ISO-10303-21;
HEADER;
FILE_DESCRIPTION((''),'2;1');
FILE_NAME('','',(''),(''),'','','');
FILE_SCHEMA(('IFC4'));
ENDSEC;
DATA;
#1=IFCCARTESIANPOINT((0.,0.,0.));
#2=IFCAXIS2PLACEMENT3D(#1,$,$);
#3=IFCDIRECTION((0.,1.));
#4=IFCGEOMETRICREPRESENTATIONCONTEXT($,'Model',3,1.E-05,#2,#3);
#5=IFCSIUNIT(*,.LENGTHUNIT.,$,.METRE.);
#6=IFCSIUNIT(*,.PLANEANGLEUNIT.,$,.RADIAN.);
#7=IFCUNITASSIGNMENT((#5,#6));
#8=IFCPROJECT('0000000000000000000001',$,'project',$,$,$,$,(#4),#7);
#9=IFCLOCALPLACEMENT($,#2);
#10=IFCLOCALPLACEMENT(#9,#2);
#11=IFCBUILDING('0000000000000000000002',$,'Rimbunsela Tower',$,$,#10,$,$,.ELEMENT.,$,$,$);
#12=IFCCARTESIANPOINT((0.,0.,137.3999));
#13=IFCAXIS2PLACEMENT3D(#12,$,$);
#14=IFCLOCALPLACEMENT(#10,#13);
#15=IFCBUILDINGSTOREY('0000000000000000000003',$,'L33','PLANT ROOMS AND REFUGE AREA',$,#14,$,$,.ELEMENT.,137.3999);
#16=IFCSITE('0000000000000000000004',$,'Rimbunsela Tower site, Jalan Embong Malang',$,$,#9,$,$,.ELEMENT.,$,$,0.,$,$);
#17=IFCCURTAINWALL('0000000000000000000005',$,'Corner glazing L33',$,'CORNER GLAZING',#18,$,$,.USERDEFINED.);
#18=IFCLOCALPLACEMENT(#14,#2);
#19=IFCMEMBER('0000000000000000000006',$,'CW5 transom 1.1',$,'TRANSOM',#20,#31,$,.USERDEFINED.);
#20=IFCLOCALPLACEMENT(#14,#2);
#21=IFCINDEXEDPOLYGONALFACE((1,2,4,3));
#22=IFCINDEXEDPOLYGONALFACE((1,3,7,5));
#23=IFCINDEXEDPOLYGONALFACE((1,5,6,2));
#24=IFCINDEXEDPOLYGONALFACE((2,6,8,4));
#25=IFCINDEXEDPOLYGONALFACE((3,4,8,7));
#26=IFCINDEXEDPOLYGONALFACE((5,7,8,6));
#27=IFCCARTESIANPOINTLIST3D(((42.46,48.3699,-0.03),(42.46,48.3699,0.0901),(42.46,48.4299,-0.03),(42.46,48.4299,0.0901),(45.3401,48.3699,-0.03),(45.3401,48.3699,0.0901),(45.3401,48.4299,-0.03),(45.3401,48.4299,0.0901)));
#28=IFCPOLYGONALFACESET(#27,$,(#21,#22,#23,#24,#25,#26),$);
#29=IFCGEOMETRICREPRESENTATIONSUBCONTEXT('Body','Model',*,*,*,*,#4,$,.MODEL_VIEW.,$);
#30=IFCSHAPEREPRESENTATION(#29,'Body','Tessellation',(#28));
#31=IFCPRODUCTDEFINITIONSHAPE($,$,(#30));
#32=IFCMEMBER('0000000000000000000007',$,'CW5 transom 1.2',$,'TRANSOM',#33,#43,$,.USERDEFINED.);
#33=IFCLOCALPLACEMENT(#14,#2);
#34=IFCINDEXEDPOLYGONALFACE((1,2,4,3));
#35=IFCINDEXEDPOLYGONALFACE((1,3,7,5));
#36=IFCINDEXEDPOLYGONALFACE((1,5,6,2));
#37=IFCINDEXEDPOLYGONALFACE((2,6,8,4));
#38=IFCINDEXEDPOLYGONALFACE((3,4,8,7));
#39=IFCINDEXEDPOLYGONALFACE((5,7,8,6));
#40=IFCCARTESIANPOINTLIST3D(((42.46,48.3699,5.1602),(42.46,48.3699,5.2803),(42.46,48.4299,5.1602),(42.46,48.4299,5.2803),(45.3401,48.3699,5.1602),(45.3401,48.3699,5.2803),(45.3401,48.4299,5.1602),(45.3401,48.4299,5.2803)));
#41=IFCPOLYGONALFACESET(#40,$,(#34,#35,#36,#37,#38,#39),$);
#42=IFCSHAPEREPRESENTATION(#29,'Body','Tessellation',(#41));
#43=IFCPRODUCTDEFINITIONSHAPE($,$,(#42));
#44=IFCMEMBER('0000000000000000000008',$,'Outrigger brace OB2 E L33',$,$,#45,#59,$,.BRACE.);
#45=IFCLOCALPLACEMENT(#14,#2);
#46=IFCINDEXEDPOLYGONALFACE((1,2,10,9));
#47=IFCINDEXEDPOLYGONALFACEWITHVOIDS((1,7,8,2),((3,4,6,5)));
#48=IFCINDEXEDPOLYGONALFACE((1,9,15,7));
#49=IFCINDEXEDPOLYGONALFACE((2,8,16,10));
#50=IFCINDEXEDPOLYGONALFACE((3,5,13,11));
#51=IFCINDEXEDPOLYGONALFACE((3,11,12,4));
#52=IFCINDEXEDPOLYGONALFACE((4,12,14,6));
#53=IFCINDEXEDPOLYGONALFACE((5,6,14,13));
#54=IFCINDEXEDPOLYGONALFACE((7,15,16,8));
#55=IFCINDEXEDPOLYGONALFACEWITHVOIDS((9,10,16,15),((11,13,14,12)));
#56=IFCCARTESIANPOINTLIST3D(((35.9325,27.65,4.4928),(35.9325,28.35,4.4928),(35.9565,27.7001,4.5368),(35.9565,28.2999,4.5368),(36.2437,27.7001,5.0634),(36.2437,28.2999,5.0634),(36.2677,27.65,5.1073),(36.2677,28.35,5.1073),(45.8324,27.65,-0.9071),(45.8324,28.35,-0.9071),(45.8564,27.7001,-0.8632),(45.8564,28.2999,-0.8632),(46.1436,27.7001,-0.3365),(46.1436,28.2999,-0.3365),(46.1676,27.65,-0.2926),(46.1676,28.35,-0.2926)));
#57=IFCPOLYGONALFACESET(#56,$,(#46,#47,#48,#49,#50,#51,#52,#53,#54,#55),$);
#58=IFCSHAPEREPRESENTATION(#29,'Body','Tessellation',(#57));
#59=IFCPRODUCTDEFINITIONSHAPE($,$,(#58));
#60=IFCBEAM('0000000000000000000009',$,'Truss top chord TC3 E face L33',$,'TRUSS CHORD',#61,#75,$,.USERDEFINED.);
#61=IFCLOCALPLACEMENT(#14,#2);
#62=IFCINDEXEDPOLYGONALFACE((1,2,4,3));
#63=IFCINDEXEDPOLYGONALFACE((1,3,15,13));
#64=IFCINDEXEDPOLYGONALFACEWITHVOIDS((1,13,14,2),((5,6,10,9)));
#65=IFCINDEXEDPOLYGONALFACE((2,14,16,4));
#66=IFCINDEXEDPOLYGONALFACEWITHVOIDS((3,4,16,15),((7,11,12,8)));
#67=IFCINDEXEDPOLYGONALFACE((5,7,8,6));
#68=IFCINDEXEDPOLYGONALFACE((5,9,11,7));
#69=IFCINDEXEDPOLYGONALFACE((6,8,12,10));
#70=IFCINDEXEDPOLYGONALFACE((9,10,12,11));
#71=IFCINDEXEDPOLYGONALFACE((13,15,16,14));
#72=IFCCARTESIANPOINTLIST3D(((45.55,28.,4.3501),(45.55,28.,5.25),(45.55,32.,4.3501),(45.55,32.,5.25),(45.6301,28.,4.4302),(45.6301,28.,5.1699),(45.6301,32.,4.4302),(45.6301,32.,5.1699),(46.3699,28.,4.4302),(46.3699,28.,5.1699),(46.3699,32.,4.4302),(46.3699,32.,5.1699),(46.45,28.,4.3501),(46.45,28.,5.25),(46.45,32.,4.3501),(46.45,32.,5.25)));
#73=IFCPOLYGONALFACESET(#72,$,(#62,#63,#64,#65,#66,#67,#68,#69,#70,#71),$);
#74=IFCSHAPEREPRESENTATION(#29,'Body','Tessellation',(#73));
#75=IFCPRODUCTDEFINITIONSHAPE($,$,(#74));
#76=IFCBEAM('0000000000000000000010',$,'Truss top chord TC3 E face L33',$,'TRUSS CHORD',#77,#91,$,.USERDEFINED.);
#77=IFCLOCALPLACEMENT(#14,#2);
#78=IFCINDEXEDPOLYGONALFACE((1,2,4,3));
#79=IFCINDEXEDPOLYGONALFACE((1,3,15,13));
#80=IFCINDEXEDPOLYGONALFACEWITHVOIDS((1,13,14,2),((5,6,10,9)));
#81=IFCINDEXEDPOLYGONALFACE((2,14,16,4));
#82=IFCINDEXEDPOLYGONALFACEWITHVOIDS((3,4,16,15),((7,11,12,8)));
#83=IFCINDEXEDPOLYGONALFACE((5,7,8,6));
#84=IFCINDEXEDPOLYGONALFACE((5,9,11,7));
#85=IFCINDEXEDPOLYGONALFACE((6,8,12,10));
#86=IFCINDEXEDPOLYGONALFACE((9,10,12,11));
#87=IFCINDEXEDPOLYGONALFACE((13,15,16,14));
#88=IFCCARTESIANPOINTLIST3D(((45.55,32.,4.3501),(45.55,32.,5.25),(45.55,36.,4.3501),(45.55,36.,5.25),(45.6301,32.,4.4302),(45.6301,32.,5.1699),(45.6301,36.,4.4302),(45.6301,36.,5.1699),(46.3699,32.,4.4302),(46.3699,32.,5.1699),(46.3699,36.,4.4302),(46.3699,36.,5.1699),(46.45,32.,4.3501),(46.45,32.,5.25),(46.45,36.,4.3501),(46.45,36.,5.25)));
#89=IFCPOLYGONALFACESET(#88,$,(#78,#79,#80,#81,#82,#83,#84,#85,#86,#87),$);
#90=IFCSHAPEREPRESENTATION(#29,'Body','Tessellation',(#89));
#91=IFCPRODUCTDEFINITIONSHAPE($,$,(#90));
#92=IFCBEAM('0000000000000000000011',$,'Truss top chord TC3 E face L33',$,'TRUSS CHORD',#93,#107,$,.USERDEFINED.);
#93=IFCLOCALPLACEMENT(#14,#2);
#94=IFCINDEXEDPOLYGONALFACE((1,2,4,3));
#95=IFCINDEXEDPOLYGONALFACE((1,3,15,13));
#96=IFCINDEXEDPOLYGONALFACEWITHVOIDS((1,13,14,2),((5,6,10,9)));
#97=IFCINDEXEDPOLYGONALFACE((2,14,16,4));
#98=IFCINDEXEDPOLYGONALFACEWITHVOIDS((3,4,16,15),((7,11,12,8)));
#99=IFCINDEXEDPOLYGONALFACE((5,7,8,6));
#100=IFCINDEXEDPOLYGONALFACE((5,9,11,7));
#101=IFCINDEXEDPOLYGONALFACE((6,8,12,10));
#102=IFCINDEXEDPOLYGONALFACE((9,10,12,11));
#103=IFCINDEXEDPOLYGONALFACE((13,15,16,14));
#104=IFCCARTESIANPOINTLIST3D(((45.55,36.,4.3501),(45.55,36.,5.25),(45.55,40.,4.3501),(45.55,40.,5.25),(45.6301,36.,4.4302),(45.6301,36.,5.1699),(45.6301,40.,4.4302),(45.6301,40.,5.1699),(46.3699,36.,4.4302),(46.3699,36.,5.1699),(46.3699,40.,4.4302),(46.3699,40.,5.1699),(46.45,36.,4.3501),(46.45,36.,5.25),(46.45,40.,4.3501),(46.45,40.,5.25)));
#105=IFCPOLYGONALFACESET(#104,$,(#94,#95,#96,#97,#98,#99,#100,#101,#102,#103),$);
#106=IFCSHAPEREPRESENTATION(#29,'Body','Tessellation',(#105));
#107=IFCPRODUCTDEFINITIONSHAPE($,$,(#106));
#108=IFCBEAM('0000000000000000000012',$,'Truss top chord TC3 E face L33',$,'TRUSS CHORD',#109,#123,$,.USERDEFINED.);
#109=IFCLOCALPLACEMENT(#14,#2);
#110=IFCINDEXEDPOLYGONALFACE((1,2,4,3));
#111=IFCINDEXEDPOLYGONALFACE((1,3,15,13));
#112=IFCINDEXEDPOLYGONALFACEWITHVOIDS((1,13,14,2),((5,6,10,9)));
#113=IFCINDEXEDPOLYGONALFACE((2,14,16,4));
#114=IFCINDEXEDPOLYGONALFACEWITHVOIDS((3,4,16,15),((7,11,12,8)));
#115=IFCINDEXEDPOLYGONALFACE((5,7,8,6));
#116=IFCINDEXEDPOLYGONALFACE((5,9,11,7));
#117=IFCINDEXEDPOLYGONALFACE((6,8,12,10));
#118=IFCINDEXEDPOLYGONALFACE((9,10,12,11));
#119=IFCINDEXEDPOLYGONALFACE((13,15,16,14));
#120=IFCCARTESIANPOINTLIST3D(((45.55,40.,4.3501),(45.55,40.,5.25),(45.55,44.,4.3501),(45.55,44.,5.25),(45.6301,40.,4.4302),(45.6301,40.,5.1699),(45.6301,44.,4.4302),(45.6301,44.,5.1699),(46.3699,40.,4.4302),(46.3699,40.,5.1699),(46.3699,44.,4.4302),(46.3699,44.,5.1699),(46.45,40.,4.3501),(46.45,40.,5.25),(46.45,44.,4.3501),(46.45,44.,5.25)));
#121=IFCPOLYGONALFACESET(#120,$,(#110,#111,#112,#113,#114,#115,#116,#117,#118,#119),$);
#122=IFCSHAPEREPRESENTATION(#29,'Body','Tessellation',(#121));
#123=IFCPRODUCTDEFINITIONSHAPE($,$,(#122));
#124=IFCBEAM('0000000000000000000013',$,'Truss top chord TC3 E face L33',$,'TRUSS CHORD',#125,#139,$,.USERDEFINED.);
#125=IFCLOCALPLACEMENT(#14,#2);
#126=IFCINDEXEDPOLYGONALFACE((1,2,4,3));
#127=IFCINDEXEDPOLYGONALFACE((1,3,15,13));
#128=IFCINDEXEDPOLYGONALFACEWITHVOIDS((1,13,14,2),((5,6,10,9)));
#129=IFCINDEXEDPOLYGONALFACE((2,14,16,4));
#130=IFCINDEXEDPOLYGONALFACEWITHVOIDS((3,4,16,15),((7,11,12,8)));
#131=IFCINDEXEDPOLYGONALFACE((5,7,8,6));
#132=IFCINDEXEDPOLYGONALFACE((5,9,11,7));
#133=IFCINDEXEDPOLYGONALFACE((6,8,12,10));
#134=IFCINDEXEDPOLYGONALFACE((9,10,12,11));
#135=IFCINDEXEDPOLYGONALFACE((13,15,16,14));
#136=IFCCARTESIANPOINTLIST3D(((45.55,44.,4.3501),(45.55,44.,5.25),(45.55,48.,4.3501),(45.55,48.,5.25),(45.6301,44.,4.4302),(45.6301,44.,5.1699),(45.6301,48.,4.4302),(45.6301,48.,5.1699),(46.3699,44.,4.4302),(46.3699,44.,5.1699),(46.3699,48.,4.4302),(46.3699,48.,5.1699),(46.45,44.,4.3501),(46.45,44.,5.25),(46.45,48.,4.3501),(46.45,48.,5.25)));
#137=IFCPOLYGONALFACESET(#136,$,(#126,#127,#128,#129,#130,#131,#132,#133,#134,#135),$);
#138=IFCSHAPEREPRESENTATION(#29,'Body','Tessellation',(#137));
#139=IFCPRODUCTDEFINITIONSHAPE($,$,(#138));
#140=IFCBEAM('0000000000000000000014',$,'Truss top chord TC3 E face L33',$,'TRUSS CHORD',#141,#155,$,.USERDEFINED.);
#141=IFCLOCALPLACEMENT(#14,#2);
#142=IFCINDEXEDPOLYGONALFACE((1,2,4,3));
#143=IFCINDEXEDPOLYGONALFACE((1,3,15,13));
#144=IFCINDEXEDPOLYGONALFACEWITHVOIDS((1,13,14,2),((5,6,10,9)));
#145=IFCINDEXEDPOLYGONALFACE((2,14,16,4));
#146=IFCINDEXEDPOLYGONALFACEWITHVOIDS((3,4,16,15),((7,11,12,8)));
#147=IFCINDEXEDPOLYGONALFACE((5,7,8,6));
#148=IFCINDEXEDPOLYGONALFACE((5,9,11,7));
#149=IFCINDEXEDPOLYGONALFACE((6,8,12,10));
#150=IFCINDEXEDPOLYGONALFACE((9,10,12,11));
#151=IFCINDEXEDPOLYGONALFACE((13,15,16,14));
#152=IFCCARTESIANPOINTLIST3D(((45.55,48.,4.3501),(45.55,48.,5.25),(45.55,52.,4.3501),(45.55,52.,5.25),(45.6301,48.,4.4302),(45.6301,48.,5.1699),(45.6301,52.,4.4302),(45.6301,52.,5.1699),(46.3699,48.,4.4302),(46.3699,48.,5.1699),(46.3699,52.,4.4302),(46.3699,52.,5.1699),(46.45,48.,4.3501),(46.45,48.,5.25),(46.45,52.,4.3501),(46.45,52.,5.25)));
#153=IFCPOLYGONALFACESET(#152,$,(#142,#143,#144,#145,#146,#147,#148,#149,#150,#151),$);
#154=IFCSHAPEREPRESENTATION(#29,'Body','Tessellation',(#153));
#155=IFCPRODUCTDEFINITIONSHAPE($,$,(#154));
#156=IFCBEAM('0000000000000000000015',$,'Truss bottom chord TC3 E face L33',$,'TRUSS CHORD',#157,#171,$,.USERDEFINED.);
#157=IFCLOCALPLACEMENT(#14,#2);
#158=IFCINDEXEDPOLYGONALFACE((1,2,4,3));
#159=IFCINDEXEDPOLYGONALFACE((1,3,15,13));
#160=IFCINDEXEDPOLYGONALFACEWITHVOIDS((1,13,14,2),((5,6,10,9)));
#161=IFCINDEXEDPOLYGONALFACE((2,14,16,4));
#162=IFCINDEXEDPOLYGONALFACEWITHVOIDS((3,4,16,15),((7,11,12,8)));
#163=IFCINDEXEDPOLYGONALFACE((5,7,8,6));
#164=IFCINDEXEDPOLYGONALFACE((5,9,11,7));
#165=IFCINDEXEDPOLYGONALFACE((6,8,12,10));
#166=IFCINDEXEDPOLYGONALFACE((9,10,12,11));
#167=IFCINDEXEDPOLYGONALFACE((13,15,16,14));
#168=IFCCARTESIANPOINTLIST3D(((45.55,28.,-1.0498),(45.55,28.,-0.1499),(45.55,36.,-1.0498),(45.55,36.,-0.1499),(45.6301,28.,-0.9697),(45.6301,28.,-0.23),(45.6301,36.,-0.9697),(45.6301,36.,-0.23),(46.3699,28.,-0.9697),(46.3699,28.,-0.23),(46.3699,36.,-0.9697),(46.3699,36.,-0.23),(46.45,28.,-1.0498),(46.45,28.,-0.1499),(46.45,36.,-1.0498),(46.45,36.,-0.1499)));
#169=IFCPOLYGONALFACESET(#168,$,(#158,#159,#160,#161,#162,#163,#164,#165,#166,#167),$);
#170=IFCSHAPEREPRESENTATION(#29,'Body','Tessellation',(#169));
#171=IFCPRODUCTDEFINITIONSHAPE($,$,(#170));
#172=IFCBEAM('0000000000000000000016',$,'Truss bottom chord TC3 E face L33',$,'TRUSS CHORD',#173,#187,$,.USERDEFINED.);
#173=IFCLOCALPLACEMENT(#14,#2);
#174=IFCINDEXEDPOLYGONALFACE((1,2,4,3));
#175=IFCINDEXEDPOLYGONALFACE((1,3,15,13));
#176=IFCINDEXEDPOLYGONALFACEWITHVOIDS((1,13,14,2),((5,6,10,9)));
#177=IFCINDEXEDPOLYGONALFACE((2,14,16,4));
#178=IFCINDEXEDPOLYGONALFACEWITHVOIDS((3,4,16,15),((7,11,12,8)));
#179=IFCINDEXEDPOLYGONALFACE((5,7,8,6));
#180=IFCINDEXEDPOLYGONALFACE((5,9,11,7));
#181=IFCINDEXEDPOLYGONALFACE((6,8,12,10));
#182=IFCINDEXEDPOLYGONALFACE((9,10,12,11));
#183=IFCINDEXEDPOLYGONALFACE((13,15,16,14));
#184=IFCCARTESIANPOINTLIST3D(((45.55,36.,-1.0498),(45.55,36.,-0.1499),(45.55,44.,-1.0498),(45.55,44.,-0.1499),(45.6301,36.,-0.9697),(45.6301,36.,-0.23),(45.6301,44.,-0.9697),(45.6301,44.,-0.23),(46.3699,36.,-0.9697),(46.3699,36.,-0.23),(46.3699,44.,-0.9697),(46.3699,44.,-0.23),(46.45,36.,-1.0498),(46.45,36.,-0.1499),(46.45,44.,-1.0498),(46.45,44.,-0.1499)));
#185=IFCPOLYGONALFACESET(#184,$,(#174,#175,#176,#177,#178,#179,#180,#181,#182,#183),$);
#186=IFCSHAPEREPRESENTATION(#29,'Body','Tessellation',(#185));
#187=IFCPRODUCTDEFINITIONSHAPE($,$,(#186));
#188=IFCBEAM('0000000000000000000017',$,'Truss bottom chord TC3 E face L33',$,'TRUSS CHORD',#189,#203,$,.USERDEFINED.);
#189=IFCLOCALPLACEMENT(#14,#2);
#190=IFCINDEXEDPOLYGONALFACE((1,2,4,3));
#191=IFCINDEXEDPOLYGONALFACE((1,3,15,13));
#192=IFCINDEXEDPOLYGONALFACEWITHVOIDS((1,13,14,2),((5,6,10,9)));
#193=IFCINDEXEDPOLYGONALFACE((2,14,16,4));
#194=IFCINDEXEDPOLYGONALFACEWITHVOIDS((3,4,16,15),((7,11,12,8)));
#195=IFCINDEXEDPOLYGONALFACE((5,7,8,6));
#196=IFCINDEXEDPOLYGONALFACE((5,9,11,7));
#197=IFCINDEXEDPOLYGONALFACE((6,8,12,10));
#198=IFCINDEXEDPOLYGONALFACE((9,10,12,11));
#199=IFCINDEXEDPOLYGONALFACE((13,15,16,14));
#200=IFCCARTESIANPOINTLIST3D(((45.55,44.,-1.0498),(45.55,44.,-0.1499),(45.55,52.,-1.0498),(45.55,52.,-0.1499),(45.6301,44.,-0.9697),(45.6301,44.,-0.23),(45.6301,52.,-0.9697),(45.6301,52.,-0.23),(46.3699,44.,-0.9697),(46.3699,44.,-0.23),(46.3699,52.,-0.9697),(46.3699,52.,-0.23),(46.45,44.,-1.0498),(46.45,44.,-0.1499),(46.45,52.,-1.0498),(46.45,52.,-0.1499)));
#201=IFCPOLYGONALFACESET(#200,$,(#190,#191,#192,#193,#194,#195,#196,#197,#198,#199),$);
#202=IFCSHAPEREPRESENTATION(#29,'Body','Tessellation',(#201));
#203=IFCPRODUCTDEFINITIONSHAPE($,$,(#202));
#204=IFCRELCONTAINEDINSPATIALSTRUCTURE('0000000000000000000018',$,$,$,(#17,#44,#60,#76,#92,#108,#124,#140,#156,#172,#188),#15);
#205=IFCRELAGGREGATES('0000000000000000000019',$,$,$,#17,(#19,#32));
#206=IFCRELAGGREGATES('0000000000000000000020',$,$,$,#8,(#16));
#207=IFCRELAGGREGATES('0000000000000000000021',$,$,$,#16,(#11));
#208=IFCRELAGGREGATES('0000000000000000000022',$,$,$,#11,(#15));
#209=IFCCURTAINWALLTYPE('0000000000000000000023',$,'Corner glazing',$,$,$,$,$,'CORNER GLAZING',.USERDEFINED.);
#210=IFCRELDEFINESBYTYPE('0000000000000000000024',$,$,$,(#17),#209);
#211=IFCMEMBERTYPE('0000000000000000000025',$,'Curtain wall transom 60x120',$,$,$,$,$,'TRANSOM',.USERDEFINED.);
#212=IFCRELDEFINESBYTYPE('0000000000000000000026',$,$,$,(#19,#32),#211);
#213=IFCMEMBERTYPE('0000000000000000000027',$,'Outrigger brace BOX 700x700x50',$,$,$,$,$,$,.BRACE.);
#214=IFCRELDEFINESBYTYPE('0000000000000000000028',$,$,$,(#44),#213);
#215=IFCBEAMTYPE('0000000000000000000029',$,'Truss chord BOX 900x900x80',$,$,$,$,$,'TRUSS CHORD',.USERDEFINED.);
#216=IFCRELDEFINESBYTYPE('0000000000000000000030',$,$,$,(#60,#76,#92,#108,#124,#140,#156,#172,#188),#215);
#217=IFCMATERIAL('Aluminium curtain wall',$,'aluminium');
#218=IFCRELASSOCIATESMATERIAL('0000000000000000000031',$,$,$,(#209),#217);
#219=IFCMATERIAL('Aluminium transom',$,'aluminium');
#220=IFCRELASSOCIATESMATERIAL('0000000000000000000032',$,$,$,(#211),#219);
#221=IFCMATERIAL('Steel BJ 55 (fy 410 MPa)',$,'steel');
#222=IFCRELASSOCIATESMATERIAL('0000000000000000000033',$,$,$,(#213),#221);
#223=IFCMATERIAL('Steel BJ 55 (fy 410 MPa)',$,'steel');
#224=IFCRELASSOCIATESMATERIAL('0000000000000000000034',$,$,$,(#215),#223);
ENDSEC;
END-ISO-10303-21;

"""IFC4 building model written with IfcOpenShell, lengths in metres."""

from ifc_helpers import new_model, si_unit, direction, frame, origin, origin_2d, place, context, subcontext, project, spatial, rectangle, hollow_rectangle, extrude, material, material_profile, profile_set, type_object, element, aggregate, save


model = new_model("IFC4")

# Units and contexts
model_context = context("Model", 3, precision=1e-05, world=origin(), true_north=direction((0.0, 1.0)))
body_context = subcontext(model_context, "Body", "Model", "MODEL_VIEW")
ifc_project = project(units=[si_unit("LENGTHUNIT", "METRE"), si_unit("PLANEANGLEUNIT", "RADIAN")], contexts=[model_context])

# Site, building, storey
site_placement = place(None, origin())
site = spatial("IfcSite", under=ifc_project, at=site_placement, Name="Rimbunsela Tower site, Jalan Embong Malang", CompositionType="ELEMENT", RefElevation=0.0)
building_placement = place(site_placement, origin())
building = spatial("IfcBuilding", under=site, at=building_placement, Name="Rimbunsela Tower", CompositionType="ELEMENT")
storey_placement = place(building_placement, frame((0.0, 0.0, 137.3999)))
storey = spatial("IfcBuildingStorey", under=building, at=storey_placement, Name="L33", Description="PLANT ROOMS AND REFUGE AREA", CompositionType="ELEMENT", Elevation=137.3999)

# Curtain wall
ifc_material_1 = material(Name="Aluminium curtain wall", Category="aluminium")
curtain_wall_type = type_object("IfcCurtainWallType", Name="Corner glazing", ElementType="CORNER GLAZING", PredefinedType="USERDEFINED", material=ifc_material_1)
curtain_wall_1_placement = place(storey_placement, origin())
curtain_wall_1 = element("IfcCurtainWall", 1, at=curtain_wall_1_placement, inside=storey, type_object=curtain_wall_type, Name="Corner glazing L33", ObjectType="CORNER GLAZING", PredefinedType="USERDEFINED")

# Members
ifc_material_2 = material(Name="Aluminium transom", Category="aluminium")
ifc_material_profile_1 = material_profile(ifc_material_2, rectangle(XDim=0.0601, YDim=0.1201, at=origin_2d()), Name="Transom 60x120")
ifc_profile_set_1 = profile_set([ifc_material_profile_1], Name="Aluminium transom")
member_type_1 = type_object("IfcMemberType", Name="Curtain wall transom 60x120", ElementType="TRANSOM", PredefinedType="USERDEFINED", material=ifc_profile_set_1)
member_1_placement = place(storey_placement, frame((45.3401, 48.3999, 0.03), z_axis=(-1.0, 0.0, 0.0), x_axis=(0.0, -1.0, 0.0)))
member_1 = element("IfcMember", 2, at=member_1_placement, type_object=member_type_1, Name="CW5 transom 1.1", ObjectType="TRANSOM", PredefinedType="USERDEFINED", context=body_context, shape_type="SweptSolid", body=[
    extrude(rectangle(XDim=0.0601, YDim=0.1201, at=origin_2d()), origin(), (0.0, 0.0, 1.0), 2.8801),
])
member_2_placement = place(storey_placement, frame((45.3401, 48.3999, 5.2202), z_axis=(-1.0, 0.0, 0.0), x_axis=(0.0, -1.0, 0.0)))
member_2 = element("IfcMember", 3, at=member_2_placement, type_object=member_type_1, Name="CW5 transom 1.2", ObjectType="TRANSOM", PredefinedType="USERDEFINED", context=body_context, shape_type="SweptSolid", body=[
    extrude(rectangle(XDim=0.0601, YDim=0.1201, at=origin_2d()), origin(), (0.0, 0.0, 1.0), 2.8801),
])
ifc_material_3 = material(Name="Steel BJ 55 (fy 410 MPa)", Category="steel")
ifc_material_profile_2 = material_profile(ifc_material_3, hollow_rectangle(XDim=0.7, YDim=0.7, WallThickness=0.05, at=origin_2d()), Name="BOX 700x700x50")
ifc_profile_set_2 = profile_set([ifc_material_profile_2], Name="Steel BJ 55 (fy 410 MPa)")
member_type_2 = type_object("IfcMemberType", Name="Outrigger brace BOX 700x700x50", PredefinedType="BRACE", material=ifc_profile_set_2)
member_3_placement = place(storey_placement, frame((46.0, 28.0, -0.5999), z_axis=(-0.877897, 0.0, 0.478849), x_axis=(0.0, -1.0, 0.0)))
element("IfcMember", 4, at=member_3_placement, inside=storey, type_object=member_type_2, Name="Outrigger brace OB2 E L33", PredefinedType="BRACE", context=body_context, shape_type="SweptSolid", body=[
    extrude(hollow_rectangle(XDim=0.7, YDim=0.7, WallThickness=0.05, at=origin_2d()), origin(), (0.0, 0.0, 1.0), 11.2769),
])

# Beams
ifc_material_4 = material(Name="Steel BJ 55 (fy 410 MPa)", Category="steel")
ifc_material_profile_3 = material_profile(ifc_material_4, hollow_rectangle(XDim=0.8999, YDim=0.8999, WallThickness=0.0801, at=origin_2d()), Name="BOX 900x900x80")
ifc_profile_set_3 = profile_set([ifc_material_profile_3], Name="Steel BJ 55 (fy 410 MPa)")
beam_type_1 = type_object("IfcBeamType", Name="Truss chord BOX 900x900x80", ElementType="TRUSS CHORD", PredefinedType="USERDEFINED", material=ifc_profile_set_3)
for number, where, z_axis, x_axis, name in (
    (5, (46.0, 28.0, 4.8), (0.0, 1.0, 0.0), (-1.0, 0.0, 0.0), "Truss top chord TC3 E face L33"),
    (6, (46.0, 32.0, 4.8), (0.0, 1.0, 0.0), (-1.0, 0.0, 0.0), "Truss top chord TC3 E face L33"),
    (7, (46.0, 36.0, 4.8), (0.0, 1.0, 0.0), (-1.0, 0.0, 0.0), "Truss top chord TC3 E face L33"),
    (8, (46.0, 40.0, 4.8), (0.0, 1.0, 0.0), (-1.0, 0.0, 0.0), "Truss top chord TC3 E face L33"),
    (9, (46.0, 44.0, 4.8), (0.0, 1.0, 0.0), (-1.0, 0.0, 0.0), "Truss top chord TC3 E face L33"),
    (10, (46.0, 48.0, 4.8), (0.0, 1.0, 0.0), (-1.0, 0.0, 0.0), "Truss top chord TC3 E face L33"),
):
    element("IfcBeam", number, at=place(storey_placement, frame(where, z_axis=z_axis, x_axis=x_axis)), inside=storey, type_object=beam_type_1, Name=name, ObjectType="TRUSS CHORD", PredefinedType="USERDEFINED", context=body_context, shape_type="SweptSolid", body=[
        extrude(hollow_rectangle(XDim=0.8999, YDim=0.8999, WallThickness=0.0801, at=origin_2d()), origin(), (0.0, 0.0, 1.0), 4.0),
    ])
for number, where, z_axis, x_axis, name in (
    (11, (46.0, 28.0, -0.5999), (0.0, 1.0, 0.0), (-1.0, 0.0, 0.0), "Truss bottom chord TC3 E face L33"),
    (12, (46.0, 36.0, -0.5999), (0.0, 1.0, 0.0), (-1.0, 0.0, 0.0), "Truss bottom chord TC3 E face L33"),
    (13, (46.0, 44.0, -0.5999), (0.0, 1.0, 0.0), (-1.0, 0.0, 0.0), "Truss bottom chord TC3 E face L33"),
):
    element("IfcBeam", number, at=place(storey_placement, frame(where, z_axis=z_axis, x_axis=x_axis)), inside=storey, type_object=beam_type_1, Name=name, ObjectType="TRUSS CHORD", PredefinedType="USERDEFINED", context=body_context, shape_type="SweptSolid", body=[
        extrude(hollow_rectangle(XDim=0.8999, YDim=0.8999, WallThickness=0.0801, at=origin_2d()), origin(), (0.0, 0.0, 1.0), 8.0),
    ])

aggregate(curtain_wall_1, [member_1, member_2])

save(model, "model.ifc")
